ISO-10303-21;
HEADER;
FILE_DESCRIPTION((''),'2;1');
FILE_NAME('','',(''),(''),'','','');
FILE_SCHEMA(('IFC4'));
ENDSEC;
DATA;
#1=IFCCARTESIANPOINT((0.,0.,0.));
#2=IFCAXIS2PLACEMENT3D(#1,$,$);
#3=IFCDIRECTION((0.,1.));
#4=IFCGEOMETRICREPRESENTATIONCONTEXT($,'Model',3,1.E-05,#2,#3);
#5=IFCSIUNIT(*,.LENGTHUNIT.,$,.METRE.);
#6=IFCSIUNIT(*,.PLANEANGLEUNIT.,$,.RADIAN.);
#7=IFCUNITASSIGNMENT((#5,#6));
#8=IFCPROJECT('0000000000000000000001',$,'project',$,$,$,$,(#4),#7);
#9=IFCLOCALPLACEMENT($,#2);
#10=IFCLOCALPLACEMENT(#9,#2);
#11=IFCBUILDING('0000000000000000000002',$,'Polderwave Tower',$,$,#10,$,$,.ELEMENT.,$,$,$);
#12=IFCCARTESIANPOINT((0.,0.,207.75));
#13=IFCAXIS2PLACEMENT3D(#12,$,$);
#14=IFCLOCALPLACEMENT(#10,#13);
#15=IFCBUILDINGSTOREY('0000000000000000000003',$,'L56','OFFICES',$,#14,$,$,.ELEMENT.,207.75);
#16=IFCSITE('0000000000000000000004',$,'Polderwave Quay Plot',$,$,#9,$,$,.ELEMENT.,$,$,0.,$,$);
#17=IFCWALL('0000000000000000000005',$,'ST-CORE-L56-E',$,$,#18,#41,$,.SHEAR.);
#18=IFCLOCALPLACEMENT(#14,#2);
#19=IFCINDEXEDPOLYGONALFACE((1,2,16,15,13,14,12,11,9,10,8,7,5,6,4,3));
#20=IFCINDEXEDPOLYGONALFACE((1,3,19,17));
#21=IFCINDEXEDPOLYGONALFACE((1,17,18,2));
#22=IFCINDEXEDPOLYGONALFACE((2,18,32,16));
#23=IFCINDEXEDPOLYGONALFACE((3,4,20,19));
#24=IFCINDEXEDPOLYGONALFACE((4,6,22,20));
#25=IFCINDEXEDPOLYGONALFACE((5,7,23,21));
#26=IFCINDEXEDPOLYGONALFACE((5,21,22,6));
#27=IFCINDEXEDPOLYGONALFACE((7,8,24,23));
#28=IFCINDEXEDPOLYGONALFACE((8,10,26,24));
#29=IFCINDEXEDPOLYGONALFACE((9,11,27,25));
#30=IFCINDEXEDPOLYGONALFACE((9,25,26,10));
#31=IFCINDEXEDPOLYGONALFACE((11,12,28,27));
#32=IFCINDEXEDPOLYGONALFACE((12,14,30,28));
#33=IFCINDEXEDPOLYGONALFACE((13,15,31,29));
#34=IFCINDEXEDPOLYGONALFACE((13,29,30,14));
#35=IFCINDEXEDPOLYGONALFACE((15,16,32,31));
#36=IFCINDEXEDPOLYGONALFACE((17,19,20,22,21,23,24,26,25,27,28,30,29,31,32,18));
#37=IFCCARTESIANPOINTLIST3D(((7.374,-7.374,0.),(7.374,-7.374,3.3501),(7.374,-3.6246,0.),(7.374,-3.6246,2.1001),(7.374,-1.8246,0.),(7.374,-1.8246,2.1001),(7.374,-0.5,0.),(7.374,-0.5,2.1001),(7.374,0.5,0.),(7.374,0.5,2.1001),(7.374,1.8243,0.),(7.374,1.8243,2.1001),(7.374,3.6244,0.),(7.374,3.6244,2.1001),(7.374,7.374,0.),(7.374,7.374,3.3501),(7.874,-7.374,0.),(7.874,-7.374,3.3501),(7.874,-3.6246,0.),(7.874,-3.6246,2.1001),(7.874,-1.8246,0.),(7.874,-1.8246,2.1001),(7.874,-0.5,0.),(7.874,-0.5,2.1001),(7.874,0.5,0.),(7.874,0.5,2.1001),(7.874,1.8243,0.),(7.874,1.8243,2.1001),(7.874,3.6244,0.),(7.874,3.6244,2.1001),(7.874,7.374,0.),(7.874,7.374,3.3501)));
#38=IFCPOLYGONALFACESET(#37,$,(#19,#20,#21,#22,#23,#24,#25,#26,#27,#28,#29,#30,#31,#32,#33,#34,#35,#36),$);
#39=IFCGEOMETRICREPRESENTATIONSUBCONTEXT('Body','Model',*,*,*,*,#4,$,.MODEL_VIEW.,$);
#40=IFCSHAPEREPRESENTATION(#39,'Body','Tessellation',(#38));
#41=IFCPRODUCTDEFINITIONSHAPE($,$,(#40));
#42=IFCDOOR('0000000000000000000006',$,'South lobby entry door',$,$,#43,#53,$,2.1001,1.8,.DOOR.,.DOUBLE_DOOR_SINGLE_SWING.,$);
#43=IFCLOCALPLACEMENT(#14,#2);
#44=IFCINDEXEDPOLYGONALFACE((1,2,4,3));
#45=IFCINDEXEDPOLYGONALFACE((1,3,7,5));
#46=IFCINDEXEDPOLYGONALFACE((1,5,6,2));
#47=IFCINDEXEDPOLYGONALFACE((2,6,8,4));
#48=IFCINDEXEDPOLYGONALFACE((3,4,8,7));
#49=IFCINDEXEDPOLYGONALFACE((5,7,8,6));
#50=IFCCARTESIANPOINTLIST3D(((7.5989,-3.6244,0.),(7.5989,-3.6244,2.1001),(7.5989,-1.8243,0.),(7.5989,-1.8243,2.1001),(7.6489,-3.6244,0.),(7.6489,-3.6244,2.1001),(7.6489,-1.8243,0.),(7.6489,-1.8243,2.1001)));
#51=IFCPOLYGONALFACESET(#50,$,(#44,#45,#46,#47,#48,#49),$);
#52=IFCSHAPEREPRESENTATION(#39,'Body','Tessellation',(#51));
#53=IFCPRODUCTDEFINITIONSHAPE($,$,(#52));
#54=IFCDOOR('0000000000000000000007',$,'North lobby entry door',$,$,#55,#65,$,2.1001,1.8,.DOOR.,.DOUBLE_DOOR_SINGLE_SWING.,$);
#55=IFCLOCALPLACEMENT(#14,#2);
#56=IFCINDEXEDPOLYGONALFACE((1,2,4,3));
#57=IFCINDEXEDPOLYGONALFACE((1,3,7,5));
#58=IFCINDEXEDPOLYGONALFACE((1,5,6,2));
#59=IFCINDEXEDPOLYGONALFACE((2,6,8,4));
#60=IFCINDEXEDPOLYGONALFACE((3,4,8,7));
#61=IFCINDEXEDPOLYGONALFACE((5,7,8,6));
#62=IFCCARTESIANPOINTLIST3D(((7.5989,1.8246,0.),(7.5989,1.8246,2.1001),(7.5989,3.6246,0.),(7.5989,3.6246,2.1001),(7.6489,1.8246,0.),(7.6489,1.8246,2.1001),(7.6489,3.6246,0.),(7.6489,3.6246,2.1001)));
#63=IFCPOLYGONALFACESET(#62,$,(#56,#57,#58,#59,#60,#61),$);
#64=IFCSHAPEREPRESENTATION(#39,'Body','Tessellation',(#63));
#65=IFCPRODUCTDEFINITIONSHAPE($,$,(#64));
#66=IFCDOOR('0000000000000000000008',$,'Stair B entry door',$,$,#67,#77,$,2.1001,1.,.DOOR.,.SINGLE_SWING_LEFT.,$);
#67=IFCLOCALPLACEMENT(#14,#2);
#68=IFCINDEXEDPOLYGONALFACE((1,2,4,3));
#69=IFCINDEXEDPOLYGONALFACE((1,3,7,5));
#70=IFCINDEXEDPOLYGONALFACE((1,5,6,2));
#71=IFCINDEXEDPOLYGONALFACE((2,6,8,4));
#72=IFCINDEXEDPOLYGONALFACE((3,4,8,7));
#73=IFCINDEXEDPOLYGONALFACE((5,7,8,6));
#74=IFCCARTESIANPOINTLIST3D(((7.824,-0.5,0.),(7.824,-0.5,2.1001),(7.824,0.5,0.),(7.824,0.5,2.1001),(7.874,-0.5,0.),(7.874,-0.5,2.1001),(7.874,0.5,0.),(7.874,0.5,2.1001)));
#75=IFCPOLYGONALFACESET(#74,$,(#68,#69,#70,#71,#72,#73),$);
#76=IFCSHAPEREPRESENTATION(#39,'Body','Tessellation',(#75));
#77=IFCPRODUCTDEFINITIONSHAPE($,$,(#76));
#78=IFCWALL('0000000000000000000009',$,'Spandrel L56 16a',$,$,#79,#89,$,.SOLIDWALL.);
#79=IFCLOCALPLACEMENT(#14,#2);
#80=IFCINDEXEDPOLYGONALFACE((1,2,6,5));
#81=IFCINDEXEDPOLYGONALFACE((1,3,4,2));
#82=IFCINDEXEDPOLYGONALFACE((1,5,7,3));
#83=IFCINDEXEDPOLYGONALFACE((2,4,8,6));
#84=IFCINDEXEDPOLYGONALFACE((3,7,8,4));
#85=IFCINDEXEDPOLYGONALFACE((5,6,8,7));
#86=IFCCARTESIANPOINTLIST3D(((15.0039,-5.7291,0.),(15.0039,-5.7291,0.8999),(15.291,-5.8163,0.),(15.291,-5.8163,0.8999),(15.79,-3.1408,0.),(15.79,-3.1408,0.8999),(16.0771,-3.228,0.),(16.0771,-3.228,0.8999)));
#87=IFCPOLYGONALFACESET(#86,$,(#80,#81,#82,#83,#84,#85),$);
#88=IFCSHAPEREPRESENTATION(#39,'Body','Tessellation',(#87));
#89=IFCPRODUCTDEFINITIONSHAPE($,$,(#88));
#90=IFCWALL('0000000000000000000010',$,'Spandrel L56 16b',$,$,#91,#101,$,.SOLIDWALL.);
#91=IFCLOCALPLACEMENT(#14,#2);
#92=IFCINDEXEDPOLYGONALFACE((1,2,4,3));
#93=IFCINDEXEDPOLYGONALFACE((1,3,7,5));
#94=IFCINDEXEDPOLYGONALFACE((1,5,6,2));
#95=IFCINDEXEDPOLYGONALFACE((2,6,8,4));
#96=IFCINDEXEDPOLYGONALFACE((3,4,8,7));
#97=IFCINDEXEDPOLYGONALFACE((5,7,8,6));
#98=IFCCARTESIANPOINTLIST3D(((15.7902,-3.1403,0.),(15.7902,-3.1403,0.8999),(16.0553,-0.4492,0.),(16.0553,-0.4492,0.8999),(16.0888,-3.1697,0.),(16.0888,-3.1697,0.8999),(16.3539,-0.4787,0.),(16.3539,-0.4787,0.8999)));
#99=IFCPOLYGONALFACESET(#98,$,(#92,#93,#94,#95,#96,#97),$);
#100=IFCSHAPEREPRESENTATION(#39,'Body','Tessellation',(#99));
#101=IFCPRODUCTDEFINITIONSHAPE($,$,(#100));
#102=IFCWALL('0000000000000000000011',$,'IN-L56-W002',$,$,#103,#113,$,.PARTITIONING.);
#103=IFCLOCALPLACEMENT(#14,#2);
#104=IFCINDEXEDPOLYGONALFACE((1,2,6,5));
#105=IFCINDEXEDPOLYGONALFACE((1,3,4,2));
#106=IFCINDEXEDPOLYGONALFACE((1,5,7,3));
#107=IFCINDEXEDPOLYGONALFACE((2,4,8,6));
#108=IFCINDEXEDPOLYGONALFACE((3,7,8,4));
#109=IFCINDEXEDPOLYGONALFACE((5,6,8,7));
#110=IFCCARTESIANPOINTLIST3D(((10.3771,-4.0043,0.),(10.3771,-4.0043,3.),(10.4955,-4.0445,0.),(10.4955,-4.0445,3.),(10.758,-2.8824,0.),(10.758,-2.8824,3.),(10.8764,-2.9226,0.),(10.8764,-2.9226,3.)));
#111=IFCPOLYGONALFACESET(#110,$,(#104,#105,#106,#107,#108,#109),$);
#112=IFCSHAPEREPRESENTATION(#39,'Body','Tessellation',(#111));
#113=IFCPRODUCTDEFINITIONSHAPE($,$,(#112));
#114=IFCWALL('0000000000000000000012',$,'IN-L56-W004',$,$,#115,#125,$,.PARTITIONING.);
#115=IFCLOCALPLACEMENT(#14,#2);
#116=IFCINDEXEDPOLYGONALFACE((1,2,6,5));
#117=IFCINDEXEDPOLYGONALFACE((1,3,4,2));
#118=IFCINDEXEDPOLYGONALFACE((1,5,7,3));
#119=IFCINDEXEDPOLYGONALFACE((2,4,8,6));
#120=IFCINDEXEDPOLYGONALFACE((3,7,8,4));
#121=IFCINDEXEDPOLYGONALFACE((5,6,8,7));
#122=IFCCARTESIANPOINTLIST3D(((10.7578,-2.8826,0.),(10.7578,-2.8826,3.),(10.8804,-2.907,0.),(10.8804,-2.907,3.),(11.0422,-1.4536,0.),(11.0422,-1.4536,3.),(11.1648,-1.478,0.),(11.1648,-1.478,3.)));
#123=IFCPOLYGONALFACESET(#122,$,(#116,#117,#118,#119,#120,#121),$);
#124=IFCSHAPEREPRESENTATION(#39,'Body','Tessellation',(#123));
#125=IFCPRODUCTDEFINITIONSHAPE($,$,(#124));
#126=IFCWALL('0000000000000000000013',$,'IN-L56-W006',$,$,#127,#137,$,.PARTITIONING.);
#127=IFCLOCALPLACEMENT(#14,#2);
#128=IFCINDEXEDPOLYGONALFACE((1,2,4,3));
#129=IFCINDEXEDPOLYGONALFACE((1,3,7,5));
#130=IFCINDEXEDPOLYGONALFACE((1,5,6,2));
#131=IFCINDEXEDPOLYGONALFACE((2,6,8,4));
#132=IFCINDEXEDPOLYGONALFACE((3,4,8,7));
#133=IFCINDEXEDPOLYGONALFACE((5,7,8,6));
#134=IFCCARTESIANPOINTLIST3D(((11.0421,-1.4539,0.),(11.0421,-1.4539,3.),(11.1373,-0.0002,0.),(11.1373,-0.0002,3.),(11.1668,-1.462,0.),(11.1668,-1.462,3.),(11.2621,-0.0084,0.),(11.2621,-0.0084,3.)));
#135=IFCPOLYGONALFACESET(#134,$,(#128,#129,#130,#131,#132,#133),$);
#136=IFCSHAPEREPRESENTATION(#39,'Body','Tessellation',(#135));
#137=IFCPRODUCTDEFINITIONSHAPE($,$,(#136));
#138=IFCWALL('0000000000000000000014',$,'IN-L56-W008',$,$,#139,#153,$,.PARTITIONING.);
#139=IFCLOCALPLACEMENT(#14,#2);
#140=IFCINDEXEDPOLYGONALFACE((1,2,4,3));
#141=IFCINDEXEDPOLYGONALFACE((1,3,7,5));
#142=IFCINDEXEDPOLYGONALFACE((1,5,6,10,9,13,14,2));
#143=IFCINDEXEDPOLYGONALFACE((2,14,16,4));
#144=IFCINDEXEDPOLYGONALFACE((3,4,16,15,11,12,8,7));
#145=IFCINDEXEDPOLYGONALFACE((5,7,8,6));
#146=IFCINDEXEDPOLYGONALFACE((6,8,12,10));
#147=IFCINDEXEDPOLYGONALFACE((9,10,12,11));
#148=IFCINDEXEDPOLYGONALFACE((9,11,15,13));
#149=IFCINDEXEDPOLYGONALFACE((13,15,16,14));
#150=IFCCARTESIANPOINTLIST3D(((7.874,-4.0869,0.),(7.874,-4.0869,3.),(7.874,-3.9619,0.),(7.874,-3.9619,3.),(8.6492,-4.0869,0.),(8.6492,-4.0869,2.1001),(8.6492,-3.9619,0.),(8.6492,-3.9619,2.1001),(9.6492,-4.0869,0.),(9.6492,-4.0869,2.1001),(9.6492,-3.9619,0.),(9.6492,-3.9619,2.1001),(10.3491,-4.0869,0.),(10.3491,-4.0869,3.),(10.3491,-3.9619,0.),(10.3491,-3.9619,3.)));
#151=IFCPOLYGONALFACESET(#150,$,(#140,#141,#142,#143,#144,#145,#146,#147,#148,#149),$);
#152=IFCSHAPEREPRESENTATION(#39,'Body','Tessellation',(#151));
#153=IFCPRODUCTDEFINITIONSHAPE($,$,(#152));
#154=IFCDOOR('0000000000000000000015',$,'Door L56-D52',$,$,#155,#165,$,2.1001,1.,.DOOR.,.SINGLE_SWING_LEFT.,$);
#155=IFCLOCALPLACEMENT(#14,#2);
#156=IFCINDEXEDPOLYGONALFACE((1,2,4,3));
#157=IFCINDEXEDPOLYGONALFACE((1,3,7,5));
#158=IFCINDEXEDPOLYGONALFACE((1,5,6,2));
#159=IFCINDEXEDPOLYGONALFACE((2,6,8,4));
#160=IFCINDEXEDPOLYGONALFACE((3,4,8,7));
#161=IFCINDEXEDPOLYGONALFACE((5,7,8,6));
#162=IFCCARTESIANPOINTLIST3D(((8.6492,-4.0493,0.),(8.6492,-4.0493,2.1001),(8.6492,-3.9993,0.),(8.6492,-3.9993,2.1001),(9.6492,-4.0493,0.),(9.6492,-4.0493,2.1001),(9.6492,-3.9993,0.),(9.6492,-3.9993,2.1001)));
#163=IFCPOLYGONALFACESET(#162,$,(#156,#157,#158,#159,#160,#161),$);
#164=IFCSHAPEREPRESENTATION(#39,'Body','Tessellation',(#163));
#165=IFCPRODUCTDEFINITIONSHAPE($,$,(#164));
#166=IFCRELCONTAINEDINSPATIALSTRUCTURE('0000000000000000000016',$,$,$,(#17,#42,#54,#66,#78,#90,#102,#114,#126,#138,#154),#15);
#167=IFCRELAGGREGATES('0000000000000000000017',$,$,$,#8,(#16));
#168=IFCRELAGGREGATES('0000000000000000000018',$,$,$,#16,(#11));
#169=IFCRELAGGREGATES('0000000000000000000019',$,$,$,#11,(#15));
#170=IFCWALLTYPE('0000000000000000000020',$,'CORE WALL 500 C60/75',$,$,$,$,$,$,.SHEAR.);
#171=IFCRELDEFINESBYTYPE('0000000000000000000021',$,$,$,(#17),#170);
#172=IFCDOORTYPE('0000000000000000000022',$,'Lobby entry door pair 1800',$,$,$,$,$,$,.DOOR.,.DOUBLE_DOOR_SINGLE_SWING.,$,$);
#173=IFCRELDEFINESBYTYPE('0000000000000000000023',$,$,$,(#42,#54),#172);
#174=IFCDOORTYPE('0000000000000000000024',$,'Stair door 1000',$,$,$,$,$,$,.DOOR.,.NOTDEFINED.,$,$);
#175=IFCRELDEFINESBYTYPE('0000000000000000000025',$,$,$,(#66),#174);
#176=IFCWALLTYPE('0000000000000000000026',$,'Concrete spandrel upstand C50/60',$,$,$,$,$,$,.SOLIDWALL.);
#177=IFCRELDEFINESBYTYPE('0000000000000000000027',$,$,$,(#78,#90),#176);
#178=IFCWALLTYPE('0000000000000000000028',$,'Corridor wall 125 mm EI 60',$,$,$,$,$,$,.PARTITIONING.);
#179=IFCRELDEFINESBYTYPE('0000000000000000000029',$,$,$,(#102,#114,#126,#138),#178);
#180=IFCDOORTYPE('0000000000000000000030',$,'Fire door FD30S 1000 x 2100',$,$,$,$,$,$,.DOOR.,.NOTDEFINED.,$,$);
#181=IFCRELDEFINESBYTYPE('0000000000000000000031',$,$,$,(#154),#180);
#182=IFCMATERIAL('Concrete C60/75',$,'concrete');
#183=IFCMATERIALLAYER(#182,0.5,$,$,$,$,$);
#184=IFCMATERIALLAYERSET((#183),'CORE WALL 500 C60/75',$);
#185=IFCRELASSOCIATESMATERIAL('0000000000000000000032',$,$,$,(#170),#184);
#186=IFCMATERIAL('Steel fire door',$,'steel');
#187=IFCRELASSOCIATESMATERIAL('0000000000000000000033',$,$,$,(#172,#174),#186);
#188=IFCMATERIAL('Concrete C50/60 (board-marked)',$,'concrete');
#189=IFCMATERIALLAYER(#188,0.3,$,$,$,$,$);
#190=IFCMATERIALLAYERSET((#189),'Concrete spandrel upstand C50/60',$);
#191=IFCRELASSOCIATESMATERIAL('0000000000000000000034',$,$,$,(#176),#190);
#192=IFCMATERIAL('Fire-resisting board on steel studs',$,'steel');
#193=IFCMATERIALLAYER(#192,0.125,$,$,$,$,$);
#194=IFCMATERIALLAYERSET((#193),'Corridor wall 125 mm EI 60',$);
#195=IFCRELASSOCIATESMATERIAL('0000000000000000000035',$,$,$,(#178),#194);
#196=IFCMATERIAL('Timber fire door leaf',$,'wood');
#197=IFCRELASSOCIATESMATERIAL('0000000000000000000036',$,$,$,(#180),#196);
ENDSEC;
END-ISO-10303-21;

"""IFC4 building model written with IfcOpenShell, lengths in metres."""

from ifc_helpers import new_model, si_unit, direction, frame, frame_2d, origin, place, context, subcontext, project, spatial, rectangle, extrude, material, layer, layer_set, type_object, element, fill, save


model = new_model("IFC4")

# Units and contexts
model_context = context("Model", 3, precision=1e-05, world=origin(), true_north=direction((0.0, 1.0)))
body_context = subcontext(model_context, "Body", "Model", "MODEL_VIEW")
ifc_project = project(units=[si_unit("LENGTHUNIT", "METRE"), si_unit("PLANEANGLEUNIT", "RADIAN")], contexts=[model_context])

# Site, building, storey
site_placement = place(None, origin())
site = spatial("IfcSite", under=ifc_project, at=site_placement, Name="Polderwave Quay Plot", CompositionType="ELEMENT", RefElevation=0.0)
building_placement = place(site_placement, origin())
building = spatial("IfcBuilding", under=site, at=building_placement, Name="Polderwave Tower", CompositionType="ELEMENT")
storey_placement = place(building_placement, frame((0.0, 0.0, 207.75)))
storey = spatial("IfcBuildingStorey", under=building, at=storey_placement, Name="L56", Description="OFFICES", CompositionType="ELEMENT", Elevation=207.75)

# Shared definitions
ifc_material_1 = material(Name="Concrete C60/75", Category="concrete")

# Wall, openings, doors
ifc_layer_1 = layer(ifc_material_1, 0.5)
ifc_layer_set_1 = layer_set([ifc_layer_1], Name="CORE WALL 500 C60/75")
wall_type_1 = type_object("IfcWallType", Name="CORE WALL 500 C60/75", PredefinedType="SHEAR", material=ifc_layer_set_1)
wall_1_placement = place(storey_placement, frame((7.624, -7.374, 0.0), z_axis=(0.0, 0.0, 1.0), x_axis=(0.0, 1.0, 0.0)))
wall_1 = element("IfcWall", 1, at=wall_1_placement, inside=storey, type_object=wall_type_1, Name="ST-CORE-L56-E", PredefinedType="SHEAR", context=body_context, shape_type="SweptSolid", body=[
    extrude(rectangle(XDim=14.748, YDim=0.5, at=frame_2d((7.374, 0.0))), origin(), (0.0, 0.0, 1.0), 3.3501),
])
opening_1_placement = place(wall_1_placement, frame((6.874, 0.0, 0.0)))
opening_1 = element("IfcOpeningElement", 2, at=opening_1_placement, cuts=wall_1, PredefinedType="OPENING", context=body_context, shape_type="SweptSolid", body=[
    extrude(rectangle(XDim=1.0, YDim=2.1001, at=frame_2d((0.5, 1.05))), frame((0.0, 0.26, 0.0), z_axis=(0.0, -1.0, 0.0), x_axis=(1.0, 0.0, 0.0)), (0.0, 0.0, 1.0), 0.52),
])
opening_2_placement = place(wall_1_placement, frame((3.7495, 0.0, 0.0)))
opening_2 = element("IfcOpeningElement", 3, at=opening_2_placement, cuts=wall_1, PredefinedType="OPENING", context=body_context, shape_type="SweptSolid", body=[
    extrude(rectangle(XDim=1.8, YDim=2.1001, at=frame_2d((0.8999, 1.05))), frame((0.0, 0.26, 0.0), z_axis=(0.0, -1.0, 0.0), x_axis=(1.0, 0.0, 0.0)), (0.0, 0.0, 1.0), 0.52),
])
opening_3_placement = place(wall_1_placement, frame((9.1985, 0.0, 0.0)))
opening_3 = element("IfcOpeningElement", 4, at=opening_3_placement, cuts=wall_1, PredefinedType="OPENING", context=body_context, shape_type="SweptSolid", body=[
    extrude(rectangle(XDim=1.8, YDim=2.1001, at=frame_2d((0.8999, 1.05))), frame((0.0, 0.26, 0.0), z_axis=(0.0, -1.0, 0.0), x_axis=(1.0, 0.0, 0.0)), (0.0, 0.0, 1.0), 0.52),
])
ifc_material_2 = material(Name="Steel fire door", Category="steel")
door_type_1 = type_object("IfcDoorType", Name="Lobby entry door pair 1800", OperationType="DOUBLE_DOOR_SINGLE_SWING", PredefinedType="DOOR", material=ifc_material_2)
door_1_placement = place(opening_2_placement, frame((1.8, 0.0, 0.0), z_axis=(0.0, 0.0, 1.0), x_axis=(-1.0, 0.0, 0.0)))
door_1 = element("IfcDoor", 5, at=door_1_placement, inside=storey, type_object=door_type_1, Name="South lobby entry door", OperationType="DOUBLE_DOOR_SINGLE_SWING", OverallHeight=2.1001, OverallWidth=1.8, PredefinedType="DOOR", context=body_context, shape_type="SweptSolid", body=[
    extrude(rectangle(XDim=1.8, YDim=2.1001, at=frame_2d((0.8999, 1.05))), frame((0.0, 0.0249, 0.0), z_axis=(0.0, -1.0, 0.0), x_axis=(1.0, 0.0, 0.0)), (0.0, 0.0, 1.0), 0.05),
])
fill(opening_2, door_1)
door_2_placement = place(opening_3_placement, frame((1.8, 0.0, 0.0), z_axis=(0.0, 0.0, 1.0), x_axis=(-1.0, 0.0, 0.0)))
door_2 = element("IfcDoor", 6, at=door_2_placement, inside=storey, type_object=door_type_1, Name="North lobby entry door", OperationType="DOUBLE_DOOR_SINGLE_SWING", OverallHeight=2.1001, OverallWidth=1.8, PredefinedType="DOOR", context=body_context, shape_type="SweptSolid", body=[
    extrude(rectangle(XDim=1.8, YDim=2.1001, at=frame_2d((0.8999, 1.05))), frame((0.0, 0.0249, 0.0), z_axis=(0.0, -1.0, 0.0), x_axis=(1.0, 0.0, 0.0)), (0.0, 0.0, 1.0), 0.05),
])
fill(opening_3, door_2)
door_type_2 = type_object("IfcDoorType", Name="Stair door 1000", OperationType="NOTDEFINED", PredefinedType="DOOR", material=ifc_material_2)
door_3_placement = place(opening_1_placement, frame((1.0, 0.0, 0.0), z_axis=(0.0, 0.0, 1.0), x_axis=(-1.0, 0.0, 0.0)))
door_3 = element("IfcDoor", 7, at=door_3_placement, inside=storey, type_object=door_type_2, Name="Stair B entry door", OperationType="SINGLE_SWING_LEFT", OverallHeight=2.1001, OverallWidth=1.0, PredefinedType="DOOR", context=body_context, shape_type="SweptSolid", body=[
    extrude(rectangle(XDim=1.0, YDim=2.1001, at=frame_2d((0.5, 1.05))), frame((0.0, 0.25, 0.0), z_axis=(0.0, -1.0, 0.0), x_axis=(1.0, 0.0, 0.0)), (0.0, 0.0, 1.0), 0.05),
])
fill(opening_1, door_3)

# Walls
ifc_material_3 = material(Name="Concrete C50/60 (board-marked)", Category="concrete")
ifc_layer_2 = layer(ifc_material_3, 0.3)
ifc_layer_set_2 = layer_set([ifc_layer_2], Name="Concrete spandrel upstand C50/60")
wall_type_2 = type_object("IfcWallType", Name="Concrete spandrel upstand C50/60", PredefinedType="SOLIDWALL", material=ifc_layer_set_2)
wall_2_placement = place(storey_placement, frame((15.1475, -5.7727, 0.0), z_axis=(0.0, 0.0, 1.0), x_axis=(0.290609, 0.956842, 0.0)))
element("IfcWall", 8, at=wall_2_placement, inside=storey, type_object=wall_type_2, Name="Spandrel L56 16a", PredefinedType="SOLIDWALL", context=body_context, shape_type="SweptSolid", body=[
    extrude(rectangle(XDim=2.7051, YDim=0.3, at=frame_2d((1.3525, 0.0))), origin(), (0.0, 0.0, 1.0), 0.8999),
])
wall_3_placement = place(storey_placement, frame((15.9395, -3.155, 0.0), z_axis=(0.0, 0.0, 1.0), x_axis=(0.098047, 0.995182, 0.0)))
element("IfcWall", 9, at=wall_3_placement, inside=storey, type_object=wall_type_2, Name="Spandrel L56 16b", PredefinedType="SOLIDWALL", context=body_context, shape_type="SweptSolid", body=[
    extrude(rectangle(XDim=2.7041, YDim=0.3, at=frame_2d((1.3521, 0.0))), origin(), (0.0, 0.0, 1.0), 0.8999),
])
ifc_material_4 = material(Name="Fire-resisting board on steel studs", Category="steel")
ifc_layer_3 = layer(ifc_material_4, 0.125)
ifc_layer_set_3 = layer_set([ifc_layer_3], Name="Corridor wall 125 mm EI 60")
wall_type_3 = type_object("IfcWallType", Name="Corridor wall 125 mm EI 60", PredefinedType="PARTITIONING", material=ifc_layer_set_3)
wall_4_placement = place(storey_placement, frame((10.8171, -2.9026, 0.0), z_axis=(0.0, 0.0, 1.0), x_axis=(-0.321478, -0.946917, 0.0)))
element("IfcWall", 10, at=wall_4_placement, inside=storey, type_object=wall_type_3, Name="IN-L56-W002", PredefinedType="PARTITIONING", context=body_context, shape_type="SweptSolid", body=[
    extrude(rectangle(XDim=1.1848, YDim=0.125, at=frame_2d((0.5923, 0.0))), origin(), (0.0, 0.0, 1.0), 3.0),
])
wall_5_placement = place(storey_placement, frame((11.1035, -1.4658, 0.0), z_axis=(0.0, 0.0, 1.0), x_axis=(-0.195214, -0.980761, 0.0)))
element("IfcWall", 11, at=wall_5_placement, inside=storey, type_object=wall_type_3, Name="IN-L56-W004", PredefinedType="PARTITIONING", context=body_context, shape_type="SweptSolid", body=[
    extrude(rectangle(XDim=1.457, YDim=0.125, at=frame_2d((0.7285, 0.0))), origin(), (0.0, 0.0, 1.0), 3.0),
])
wall_6_placement = place(storey_placement, frame((11.1997, -0.0042, 0.0), z_axis=(0.0, 0.0, 1.0), x_axis=(-0.065362, -0.997862, 0.0)))
element("IfcWall", 12, at=wall_6_placement, inside=storey, type_object=wall_type_3, Name="IN-L56-W006", PredefinedType="PARTITIONING", context=body_context, shape_type="SweptSolid", body=[
    extrude(rectangle(XDim=1.4568, YDim=0.125, at=frame_2d((0.7285, 0.0))), origin(), (0.0, 0.0, 1.0), 3.0),
])

# Wall, opening, door
wall_7_placement = place(storey_placement, frame((10.3491, -4.0244, 0.0), z_axis=(0.0, 0.0, 1.0), x_axis=(-1.0, 0.0, 0.0)))
wall_7 = element("IfcWall", 13, at=wall_7_placement, inside=storey, type_object=wall_type_3, Name="IN-L56-W008", PredefinedType="PARTITIONING", context=body_context, shape_type="SweptSolid", body=[
    extrude(rectangle(XDim=2.4751, YDim=0.125, at=frame_2d((1.2375, 0.0))), origin(), (0.0, 0.0, 1.0), 3.0),
])
opening_4_placement = place(wall_7_placement, frame((0.7, 0.0, 0.0)))
opening_4 = element("IfcOpeningElement", 14, at=opening_4_placement, cuts=wall_7, PredefinedType="OPENING", context=body_context, shape_type="SweptSolid", body=[
    extrude(rectangle(XDim=1.0, YDim=2.1001, at=frame_2d((0.5, 1.05))), frame((0.0, 0.0725, 0.0), z_axis=(0.0, -1.0, 0.0), x_axis=(1.0, 0.0, 0.0)), (0.0, 0.0, 1.0), 0.145),
])
ifc_material_5 = material(Name="Timber fire door leaf", Category="wood")
door_type_3 = type_object("IfcDoorType", Name="Fire door FD30S 1000 x 2100", OperationType="NOTDEFINED", PredefinedType="DOOR", material=ifc_material_5)
door_4_placement = place(opening_4_placement, origin())
door_4 = element("IfcDoor", 15, at=door_4_placement, inside=storey, type_object=door_type_3, Name="Door L56-D52", OperationType="SINGLE_SWING_LEFT", OverallHeight=2.1001, OverallWidth=1.0, PredefinedType="DOOR", context=body_context, shape_type="SweptSolid", body=[
    extrude(rectangle(XDim=1.0, YDim=2.1001, at=frame_2d((0.5, 1.05))), frame((0.0, 0.0249, 0.0), z_axis=(0.0, -1.0, 0.0), x_axis=(1.0, 0.0, 0.0)), (0.0, 0.0, 1.0), 0.05),
])
fill(opening_4, door_4)

save(model, "model.ifc")
